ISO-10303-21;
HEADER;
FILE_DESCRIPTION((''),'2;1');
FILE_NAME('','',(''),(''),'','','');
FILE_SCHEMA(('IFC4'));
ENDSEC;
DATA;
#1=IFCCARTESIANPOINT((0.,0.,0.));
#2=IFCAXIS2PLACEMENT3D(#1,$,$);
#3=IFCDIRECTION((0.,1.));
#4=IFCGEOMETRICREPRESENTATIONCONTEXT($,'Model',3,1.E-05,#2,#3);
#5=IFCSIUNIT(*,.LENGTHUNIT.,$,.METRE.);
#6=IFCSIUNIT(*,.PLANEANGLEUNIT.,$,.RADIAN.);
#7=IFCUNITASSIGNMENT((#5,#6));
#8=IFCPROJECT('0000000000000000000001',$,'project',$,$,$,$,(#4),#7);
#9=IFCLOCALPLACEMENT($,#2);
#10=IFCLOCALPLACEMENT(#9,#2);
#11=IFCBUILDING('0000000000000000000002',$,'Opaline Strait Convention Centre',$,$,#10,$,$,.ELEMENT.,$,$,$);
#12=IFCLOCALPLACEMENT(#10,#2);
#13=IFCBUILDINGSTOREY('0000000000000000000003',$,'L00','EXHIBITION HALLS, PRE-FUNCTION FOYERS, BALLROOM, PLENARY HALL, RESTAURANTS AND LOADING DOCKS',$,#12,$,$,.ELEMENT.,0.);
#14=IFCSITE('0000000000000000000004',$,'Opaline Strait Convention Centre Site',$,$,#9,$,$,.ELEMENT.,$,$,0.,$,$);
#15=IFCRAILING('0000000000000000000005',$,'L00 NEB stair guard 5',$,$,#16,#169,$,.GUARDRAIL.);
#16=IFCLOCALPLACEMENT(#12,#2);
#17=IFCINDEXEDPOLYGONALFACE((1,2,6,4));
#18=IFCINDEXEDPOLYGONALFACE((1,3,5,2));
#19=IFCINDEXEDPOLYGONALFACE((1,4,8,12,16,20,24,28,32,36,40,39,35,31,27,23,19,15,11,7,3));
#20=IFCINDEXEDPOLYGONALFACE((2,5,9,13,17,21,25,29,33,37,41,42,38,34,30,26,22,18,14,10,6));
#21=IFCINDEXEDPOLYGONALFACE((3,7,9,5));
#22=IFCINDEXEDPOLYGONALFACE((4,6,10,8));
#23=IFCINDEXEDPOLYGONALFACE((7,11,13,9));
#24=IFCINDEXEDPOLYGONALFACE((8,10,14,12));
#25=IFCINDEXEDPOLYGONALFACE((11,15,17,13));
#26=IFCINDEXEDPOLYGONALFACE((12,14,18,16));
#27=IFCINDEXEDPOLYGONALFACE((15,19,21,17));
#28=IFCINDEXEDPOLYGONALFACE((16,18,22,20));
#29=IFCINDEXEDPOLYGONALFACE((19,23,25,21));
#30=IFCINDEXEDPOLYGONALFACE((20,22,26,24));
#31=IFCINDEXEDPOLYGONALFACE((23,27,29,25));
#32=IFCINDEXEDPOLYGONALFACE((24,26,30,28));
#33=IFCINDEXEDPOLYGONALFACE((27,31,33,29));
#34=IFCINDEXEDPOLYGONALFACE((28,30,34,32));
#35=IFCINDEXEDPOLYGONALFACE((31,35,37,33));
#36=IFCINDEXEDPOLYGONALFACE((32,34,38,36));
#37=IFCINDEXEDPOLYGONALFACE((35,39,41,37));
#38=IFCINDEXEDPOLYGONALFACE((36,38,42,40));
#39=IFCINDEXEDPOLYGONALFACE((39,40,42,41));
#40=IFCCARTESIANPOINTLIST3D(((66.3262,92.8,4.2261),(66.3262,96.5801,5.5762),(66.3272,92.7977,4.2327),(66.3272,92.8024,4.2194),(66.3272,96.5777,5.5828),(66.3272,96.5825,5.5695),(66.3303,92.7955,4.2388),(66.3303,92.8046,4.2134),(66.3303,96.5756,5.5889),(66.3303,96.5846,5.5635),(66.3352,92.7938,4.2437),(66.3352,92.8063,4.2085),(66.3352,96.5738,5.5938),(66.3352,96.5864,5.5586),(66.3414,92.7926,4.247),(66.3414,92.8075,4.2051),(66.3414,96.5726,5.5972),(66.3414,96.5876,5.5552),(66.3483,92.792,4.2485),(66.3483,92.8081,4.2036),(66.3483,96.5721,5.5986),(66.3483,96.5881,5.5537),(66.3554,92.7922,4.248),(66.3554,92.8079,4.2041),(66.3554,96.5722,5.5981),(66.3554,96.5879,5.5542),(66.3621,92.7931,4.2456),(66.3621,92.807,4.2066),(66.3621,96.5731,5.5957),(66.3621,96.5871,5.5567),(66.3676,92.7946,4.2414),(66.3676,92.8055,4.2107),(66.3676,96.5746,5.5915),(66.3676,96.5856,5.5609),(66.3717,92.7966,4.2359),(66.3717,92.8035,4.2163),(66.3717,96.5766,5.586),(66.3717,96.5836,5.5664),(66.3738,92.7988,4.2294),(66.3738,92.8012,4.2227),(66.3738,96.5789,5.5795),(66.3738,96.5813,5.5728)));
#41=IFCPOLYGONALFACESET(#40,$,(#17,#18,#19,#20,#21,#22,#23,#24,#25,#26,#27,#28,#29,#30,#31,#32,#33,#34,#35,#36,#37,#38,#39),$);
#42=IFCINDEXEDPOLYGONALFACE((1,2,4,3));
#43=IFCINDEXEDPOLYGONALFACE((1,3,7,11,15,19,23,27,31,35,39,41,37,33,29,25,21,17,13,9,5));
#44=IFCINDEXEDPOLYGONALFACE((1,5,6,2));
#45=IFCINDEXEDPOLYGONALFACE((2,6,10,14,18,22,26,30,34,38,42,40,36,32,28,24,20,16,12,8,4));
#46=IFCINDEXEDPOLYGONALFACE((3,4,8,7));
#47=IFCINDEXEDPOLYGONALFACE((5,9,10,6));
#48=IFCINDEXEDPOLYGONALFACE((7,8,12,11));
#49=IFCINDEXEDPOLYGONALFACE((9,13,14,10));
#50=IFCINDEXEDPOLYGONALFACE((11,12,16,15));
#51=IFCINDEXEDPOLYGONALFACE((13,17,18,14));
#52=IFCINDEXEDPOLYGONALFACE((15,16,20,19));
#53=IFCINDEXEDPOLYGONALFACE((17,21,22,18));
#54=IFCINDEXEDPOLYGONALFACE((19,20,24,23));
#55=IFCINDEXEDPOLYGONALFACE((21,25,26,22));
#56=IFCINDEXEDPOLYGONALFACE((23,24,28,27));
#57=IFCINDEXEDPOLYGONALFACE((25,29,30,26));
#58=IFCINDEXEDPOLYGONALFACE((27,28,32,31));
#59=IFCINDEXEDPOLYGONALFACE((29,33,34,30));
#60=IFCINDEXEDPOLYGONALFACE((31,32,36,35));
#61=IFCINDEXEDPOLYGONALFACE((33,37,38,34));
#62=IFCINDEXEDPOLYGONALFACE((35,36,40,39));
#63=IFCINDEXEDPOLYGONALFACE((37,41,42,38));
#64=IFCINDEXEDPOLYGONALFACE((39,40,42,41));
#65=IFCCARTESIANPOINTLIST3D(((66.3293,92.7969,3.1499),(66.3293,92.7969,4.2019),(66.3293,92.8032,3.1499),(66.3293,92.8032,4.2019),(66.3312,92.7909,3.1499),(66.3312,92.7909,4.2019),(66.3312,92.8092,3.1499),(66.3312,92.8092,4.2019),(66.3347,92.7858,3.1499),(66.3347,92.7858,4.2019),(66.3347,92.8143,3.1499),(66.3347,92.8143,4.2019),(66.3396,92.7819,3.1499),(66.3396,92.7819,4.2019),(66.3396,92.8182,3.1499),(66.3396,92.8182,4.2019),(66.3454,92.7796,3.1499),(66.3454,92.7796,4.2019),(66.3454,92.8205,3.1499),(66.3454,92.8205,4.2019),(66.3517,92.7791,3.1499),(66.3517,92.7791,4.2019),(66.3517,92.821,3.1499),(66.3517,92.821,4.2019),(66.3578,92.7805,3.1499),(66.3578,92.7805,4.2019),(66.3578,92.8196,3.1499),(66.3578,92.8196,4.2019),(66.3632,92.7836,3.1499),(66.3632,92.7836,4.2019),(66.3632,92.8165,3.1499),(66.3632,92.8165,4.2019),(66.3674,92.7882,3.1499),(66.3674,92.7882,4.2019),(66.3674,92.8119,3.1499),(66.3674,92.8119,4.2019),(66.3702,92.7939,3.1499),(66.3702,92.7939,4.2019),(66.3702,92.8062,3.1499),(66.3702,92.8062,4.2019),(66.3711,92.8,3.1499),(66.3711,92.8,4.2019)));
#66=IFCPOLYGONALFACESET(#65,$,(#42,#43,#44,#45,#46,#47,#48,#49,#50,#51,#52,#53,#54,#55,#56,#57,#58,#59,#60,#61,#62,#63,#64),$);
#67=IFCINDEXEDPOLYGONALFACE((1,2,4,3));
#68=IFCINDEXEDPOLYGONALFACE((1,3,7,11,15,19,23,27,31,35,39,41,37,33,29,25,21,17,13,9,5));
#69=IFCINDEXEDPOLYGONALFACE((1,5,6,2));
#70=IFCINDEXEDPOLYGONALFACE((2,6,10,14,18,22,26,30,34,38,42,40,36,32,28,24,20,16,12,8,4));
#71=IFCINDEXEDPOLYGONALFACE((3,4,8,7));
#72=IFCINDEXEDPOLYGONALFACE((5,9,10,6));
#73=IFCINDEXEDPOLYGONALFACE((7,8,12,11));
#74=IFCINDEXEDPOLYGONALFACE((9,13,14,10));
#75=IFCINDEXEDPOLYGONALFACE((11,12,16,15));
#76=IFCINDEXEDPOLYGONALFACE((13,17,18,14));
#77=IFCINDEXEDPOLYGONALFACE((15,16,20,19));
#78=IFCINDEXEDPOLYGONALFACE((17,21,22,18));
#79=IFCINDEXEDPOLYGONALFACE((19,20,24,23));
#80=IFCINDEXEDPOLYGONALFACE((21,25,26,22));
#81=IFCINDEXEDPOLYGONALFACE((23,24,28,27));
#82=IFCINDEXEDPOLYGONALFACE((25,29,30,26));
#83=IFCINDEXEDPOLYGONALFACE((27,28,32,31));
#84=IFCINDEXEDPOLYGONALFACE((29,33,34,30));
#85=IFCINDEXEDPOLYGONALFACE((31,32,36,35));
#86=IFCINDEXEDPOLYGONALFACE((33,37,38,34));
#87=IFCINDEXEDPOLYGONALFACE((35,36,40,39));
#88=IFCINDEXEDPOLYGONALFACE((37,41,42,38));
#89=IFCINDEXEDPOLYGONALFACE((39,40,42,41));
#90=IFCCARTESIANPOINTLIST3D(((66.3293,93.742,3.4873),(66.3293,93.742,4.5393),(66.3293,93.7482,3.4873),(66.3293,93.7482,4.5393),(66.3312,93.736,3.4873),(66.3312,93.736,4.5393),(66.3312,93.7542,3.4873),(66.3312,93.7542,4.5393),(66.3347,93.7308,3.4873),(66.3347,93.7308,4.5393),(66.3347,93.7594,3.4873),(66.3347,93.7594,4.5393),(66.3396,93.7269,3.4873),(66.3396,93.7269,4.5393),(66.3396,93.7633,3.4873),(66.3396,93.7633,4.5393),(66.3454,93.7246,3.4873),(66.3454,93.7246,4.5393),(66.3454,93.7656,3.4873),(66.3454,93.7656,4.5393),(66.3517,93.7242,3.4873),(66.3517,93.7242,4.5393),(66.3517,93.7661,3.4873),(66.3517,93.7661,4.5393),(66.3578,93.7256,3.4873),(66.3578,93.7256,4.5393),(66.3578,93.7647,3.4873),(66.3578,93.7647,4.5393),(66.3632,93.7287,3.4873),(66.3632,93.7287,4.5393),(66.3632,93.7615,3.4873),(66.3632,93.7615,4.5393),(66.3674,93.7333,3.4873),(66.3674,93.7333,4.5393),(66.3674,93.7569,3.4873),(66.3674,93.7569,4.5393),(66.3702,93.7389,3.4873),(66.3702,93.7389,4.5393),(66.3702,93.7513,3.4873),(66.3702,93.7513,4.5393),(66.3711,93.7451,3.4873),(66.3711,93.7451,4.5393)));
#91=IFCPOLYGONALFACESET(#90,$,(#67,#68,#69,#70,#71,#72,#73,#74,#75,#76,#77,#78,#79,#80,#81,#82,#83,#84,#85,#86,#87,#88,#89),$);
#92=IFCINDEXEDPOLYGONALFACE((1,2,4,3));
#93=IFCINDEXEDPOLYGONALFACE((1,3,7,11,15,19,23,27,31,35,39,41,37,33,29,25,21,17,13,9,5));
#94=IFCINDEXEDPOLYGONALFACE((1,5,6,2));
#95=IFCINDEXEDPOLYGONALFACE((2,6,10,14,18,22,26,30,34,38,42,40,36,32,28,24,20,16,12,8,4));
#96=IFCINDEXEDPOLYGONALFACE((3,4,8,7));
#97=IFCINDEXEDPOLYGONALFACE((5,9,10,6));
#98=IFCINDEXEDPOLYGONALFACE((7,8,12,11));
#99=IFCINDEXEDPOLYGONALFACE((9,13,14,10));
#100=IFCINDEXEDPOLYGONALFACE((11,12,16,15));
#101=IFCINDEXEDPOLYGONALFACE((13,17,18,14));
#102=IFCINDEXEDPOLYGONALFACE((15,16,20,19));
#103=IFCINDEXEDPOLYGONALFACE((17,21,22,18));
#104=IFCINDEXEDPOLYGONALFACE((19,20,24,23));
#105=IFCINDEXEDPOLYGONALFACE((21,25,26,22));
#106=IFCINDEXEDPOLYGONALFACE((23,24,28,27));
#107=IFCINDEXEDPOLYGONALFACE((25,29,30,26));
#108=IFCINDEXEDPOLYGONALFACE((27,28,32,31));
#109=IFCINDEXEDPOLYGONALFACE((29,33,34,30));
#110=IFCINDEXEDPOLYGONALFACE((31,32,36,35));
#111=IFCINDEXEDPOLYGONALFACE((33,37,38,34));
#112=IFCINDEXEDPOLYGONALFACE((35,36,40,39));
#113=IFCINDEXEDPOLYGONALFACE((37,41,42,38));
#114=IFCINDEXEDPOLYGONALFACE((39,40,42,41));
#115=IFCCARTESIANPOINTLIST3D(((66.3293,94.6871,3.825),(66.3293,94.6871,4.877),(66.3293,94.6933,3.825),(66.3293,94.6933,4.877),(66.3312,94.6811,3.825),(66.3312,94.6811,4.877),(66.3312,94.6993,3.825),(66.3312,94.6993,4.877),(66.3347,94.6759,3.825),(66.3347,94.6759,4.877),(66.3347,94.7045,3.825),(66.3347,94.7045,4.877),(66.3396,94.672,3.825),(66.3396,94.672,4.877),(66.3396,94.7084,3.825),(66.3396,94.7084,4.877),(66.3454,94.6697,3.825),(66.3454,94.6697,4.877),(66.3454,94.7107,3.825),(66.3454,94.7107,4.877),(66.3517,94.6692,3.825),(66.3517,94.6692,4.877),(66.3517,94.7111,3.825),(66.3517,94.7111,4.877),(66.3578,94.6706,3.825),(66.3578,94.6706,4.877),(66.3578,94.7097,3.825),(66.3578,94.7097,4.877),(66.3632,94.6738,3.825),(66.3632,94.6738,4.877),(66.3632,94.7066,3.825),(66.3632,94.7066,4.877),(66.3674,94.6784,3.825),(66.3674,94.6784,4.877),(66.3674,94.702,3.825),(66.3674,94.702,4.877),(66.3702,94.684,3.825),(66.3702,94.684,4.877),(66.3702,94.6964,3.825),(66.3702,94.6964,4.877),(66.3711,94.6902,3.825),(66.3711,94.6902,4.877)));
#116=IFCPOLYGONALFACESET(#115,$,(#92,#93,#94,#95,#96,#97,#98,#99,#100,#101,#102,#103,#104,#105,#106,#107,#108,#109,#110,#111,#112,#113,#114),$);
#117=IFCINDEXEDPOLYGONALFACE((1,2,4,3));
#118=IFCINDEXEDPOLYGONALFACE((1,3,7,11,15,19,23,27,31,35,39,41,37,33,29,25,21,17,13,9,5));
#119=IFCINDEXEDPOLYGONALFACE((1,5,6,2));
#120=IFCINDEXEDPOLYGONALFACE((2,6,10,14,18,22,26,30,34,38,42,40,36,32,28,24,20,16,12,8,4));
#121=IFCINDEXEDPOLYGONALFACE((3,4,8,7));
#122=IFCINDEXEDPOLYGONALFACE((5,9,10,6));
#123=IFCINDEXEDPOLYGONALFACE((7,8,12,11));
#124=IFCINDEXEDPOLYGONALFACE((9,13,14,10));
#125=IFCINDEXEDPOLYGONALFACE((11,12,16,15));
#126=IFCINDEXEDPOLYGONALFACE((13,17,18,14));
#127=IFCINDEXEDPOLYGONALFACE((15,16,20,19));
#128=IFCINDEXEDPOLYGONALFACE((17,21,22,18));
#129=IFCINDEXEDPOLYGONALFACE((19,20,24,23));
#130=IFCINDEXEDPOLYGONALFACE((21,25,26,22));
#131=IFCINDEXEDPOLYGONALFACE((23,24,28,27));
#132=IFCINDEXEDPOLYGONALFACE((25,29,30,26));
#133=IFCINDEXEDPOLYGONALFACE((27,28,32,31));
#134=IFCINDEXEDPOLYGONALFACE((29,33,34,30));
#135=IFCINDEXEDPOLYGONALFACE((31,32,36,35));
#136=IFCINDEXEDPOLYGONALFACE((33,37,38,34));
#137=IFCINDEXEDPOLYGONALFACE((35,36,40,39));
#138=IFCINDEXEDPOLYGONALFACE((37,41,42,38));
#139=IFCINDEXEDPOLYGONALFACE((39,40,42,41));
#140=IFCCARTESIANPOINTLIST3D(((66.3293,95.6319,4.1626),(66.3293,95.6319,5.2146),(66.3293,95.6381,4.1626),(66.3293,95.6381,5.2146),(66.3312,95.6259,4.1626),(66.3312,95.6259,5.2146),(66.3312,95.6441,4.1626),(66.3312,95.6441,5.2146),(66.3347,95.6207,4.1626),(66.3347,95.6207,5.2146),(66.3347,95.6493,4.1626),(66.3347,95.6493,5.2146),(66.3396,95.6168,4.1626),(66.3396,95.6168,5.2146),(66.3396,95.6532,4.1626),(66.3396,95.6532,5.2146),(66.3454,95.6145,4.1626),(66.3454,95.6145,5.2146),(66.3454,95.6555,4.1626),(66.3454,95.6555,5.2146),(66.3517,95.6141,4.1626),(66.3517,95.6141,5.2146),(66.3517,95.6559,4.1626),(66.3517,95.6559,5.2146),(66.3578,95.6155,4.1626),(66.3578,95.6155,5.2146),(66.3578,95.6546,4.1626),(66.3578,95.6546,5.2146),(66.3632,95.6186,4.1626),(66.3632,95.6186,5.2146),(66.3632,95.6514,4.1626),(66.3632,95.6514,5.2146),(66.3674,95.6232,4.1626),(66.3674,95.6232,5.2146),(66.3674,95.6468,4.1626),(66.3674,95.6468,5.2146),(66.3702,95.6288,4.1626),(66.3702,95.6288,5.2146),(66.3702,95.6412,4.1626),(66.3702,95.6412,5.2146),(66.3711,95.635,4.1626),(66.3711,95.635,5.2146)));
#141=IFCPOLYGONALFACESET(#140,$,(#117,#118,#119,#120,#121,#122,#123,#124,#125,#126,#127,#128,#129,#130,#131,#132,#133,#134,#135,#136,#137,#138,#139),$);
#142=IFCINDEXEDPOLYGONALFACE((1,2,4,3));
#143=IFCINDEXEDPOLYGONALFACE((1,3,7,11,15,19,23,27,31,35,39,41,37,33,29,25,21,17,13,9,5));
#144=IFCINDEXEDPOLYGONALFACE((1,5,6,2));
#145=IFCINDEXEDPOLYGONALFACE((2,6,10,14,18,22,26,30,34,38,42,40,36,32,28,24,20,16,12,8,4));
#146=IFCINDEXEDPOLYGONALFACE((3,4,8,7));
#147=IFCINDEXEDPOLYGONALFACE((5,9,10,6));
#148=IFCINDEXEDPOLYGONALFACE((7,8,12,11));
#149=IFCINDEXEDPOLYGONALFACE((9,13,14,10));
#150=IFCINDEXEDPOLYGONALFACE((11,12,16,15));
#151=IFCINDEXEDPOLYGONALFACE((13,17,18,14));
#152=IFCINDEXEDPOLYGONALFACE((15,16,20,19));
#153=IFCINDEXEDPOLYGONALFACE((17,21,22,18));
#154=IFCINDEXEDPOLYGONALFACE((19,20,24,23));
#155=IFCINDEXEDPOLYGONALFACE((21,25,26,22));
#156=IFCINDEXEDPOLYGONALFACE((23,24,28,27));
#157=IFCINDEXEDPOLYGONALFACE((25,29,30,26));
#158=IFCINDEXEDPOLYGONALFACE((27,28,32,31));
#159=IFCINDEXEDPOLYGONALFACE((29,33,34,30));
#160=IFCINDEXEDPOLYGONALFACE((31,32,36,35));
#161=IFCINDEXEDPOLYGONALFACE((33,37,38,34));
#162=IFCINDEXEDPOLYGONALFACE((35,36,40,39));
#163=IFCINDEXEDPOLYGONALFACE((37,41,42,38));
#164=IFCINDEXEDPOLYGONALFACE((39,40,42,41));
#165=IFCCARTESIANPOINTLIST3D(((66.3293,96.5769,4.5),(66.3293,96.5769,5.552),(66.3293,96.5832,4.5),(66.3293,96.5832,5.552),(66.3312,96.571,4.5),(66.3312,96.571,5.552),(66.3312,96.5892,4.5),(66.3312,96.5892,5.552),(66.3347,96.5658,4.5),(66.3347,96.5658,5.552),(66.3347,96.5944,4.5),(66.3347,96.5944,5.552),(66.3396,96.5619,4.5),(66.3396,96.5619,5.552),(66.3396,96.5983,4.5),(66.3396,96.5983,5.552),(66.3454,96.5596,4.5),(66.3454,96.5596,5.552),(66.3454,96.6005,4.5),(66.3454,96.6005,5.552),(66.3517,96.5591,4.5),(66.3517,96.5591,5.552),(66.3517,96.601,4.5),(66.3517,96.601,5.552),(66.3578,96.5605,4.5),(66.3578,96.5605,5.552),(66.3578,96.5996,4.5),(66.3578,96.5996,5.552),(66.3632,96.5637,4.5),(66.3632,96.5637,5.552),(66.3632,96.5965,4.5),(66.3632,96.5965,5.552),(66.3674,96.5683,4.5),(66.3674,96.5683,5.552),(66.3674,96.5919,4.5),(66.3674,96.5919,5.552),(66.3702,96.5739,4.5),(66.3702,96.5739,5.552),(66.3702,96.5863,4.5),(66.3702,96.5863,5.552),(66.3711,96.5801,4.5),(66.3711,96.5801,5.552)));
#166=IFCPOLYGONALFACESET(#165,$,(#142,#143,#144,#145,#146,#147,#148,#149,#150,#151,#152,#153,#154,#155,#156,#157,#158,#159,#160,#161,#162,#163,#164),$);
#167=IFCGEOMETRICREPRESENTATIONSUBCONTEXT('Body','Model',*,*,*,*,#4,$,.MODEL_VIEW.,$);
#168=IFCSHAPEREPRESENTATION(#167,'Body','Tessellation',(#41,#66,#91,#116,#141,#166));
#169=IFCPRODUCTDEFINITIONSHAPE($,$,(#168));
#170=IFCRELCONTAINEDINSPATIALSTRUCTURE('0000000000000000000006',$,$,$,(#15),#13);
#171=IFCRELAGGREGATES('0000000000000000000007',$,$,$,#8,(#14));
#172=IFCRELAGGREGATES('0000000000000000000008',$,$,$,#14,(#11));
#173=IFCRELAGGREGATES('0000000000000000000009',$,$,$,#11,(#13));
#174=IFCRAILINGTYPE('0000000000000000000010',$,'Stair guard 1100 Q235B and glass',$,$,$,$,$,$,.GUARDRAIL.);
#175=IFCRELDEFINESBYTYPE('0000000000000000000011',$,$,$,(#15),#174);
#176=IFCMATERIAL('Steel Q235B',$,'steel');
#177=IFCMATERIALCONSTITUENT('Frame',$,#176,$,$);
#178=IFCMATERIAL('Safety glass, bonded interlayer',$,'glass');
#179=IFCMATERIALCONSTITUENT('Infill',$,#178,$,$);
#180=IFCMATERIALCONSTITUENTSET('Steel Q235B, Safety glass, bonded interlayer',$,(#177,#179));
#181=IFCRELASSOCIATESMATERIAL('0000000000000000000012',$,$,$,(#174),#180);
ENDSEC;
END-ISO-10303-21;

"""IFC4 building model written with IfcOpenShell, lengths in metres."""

from ifc_helpers import new_model, si_unit, direction, frame, origin, origin_2d, place, context, subcontext, project, spatial, circle, extrude, material, constituent, constituent_set, type_object, element, save


model = new_model("IFC4")

# Units and contexts
model_context = context("Model", 3, precision=1e-05, world=origin(), true_north=direction((0.0, 1.0)))
body_context = subcontext(model_context, "Body", "Model", "MODEL_VIEW")
ifc_project = project(units=[si_unit("LENGTHUNIT", "METRE"), si_unit("PLANEANGLEUNIT", "RADIAN")], contexts=[model_context])

# Site, building, storey
site_placement = place(None, origin())
site = spatial("IfcSite", under=ifc_project, at=site_placement, Name="Opaline Strait Convention Centre Site", CompositionType="ELEMENT", RefElevation=0.0)
building_placement = place(site_placement, origin())
building = spatial("IfcBuilding", under=site, at=building_placement, Name="Opaline Strait Convention Centre", CompositionType="ELEMENT")
storey_placement = place(building_placement, origin())
storey = spatial("IfcBuildingStorey", under=building, at=storey_placement, Name="L00", Description="EXHIBITION HALLS, PRE-FUNCTION FOYERS, BALLROOM, PLENARY HALL, RESTAURANTS AND LOADING DOCKS", CompositionType="ELEMENT", Elevation=0.0)

# Railing
ifc_material_1 = material(Name="Steel Q235B", Category="steel")
ifc_constituent_1 = constituent(ifc_material_1, Name="Frame")
ifc_material_2 = material(Name="Safety glass, bonded interlayer", Category="glass")
ifc_constituent_2 = constituent(ifc_material_2, Name="Infill")
ifc_constituent_set = constituent_set(constituents=[ifc_constituent_1, ifc_constituent_2], Name="Steel Q235B, Safety glass, bonded interlayer")
railing_type_1 = type_object("IfcRailingType", Name="Stair guard 1100 Q235B and glass", PredefinedType="GUARDRAIL", material=ifc_constituent_set)
railing_1_placement = place(storey_placement, frame((66.3501, 92.8, 3.1499)))
element("IfcRailing", 1, at=railing_1_placement, inside=storey, type_object=railing_type_1, Name="L00 NEB stair guard 5", PredefinedType="GUARDRAIL", context=body_context, shape_type="SweptSolid", body=[
    extrude(circle(Radius=0.0239, at=origin_2d()), frame((0.0, 0.0, 1.0762), z_axis=(0.0, 0.941735, 0.336356), x_axis=(-1.0, 0.0, 0.0)), (0.0, 0.0, 1.0), 4.0139),
    extrude(circle(Radius=0.021, at=origin_2d()), origin(), (0.0, 0.0, 1.0), 1.052),
    extrude(circle(Radius=0.021, at=origin_2d()), frame((0.0, 0.9451, 0.3374)), (0.0, 0.0, 1.0), 1.052),
    extrude(circle(Radius=0.021, at=origin_2d()), frame((0.0, 1.8901, 0.675)), (0.0, 0.0, 1.0), 1.052),
    extrude(circle(Radius=0.021, at=origin_2d()), frame((0.0, 2.835, 1.0127)), (0.0, 0.0, 1.0), 1.052),
    extrude(circle(Radius=0.021, at=origin_2d()), frame((0.0, 3.78, 1.3501)), (0.0, 0.0, 1.0), 1.052),
])

save(model, "model.ifc")
